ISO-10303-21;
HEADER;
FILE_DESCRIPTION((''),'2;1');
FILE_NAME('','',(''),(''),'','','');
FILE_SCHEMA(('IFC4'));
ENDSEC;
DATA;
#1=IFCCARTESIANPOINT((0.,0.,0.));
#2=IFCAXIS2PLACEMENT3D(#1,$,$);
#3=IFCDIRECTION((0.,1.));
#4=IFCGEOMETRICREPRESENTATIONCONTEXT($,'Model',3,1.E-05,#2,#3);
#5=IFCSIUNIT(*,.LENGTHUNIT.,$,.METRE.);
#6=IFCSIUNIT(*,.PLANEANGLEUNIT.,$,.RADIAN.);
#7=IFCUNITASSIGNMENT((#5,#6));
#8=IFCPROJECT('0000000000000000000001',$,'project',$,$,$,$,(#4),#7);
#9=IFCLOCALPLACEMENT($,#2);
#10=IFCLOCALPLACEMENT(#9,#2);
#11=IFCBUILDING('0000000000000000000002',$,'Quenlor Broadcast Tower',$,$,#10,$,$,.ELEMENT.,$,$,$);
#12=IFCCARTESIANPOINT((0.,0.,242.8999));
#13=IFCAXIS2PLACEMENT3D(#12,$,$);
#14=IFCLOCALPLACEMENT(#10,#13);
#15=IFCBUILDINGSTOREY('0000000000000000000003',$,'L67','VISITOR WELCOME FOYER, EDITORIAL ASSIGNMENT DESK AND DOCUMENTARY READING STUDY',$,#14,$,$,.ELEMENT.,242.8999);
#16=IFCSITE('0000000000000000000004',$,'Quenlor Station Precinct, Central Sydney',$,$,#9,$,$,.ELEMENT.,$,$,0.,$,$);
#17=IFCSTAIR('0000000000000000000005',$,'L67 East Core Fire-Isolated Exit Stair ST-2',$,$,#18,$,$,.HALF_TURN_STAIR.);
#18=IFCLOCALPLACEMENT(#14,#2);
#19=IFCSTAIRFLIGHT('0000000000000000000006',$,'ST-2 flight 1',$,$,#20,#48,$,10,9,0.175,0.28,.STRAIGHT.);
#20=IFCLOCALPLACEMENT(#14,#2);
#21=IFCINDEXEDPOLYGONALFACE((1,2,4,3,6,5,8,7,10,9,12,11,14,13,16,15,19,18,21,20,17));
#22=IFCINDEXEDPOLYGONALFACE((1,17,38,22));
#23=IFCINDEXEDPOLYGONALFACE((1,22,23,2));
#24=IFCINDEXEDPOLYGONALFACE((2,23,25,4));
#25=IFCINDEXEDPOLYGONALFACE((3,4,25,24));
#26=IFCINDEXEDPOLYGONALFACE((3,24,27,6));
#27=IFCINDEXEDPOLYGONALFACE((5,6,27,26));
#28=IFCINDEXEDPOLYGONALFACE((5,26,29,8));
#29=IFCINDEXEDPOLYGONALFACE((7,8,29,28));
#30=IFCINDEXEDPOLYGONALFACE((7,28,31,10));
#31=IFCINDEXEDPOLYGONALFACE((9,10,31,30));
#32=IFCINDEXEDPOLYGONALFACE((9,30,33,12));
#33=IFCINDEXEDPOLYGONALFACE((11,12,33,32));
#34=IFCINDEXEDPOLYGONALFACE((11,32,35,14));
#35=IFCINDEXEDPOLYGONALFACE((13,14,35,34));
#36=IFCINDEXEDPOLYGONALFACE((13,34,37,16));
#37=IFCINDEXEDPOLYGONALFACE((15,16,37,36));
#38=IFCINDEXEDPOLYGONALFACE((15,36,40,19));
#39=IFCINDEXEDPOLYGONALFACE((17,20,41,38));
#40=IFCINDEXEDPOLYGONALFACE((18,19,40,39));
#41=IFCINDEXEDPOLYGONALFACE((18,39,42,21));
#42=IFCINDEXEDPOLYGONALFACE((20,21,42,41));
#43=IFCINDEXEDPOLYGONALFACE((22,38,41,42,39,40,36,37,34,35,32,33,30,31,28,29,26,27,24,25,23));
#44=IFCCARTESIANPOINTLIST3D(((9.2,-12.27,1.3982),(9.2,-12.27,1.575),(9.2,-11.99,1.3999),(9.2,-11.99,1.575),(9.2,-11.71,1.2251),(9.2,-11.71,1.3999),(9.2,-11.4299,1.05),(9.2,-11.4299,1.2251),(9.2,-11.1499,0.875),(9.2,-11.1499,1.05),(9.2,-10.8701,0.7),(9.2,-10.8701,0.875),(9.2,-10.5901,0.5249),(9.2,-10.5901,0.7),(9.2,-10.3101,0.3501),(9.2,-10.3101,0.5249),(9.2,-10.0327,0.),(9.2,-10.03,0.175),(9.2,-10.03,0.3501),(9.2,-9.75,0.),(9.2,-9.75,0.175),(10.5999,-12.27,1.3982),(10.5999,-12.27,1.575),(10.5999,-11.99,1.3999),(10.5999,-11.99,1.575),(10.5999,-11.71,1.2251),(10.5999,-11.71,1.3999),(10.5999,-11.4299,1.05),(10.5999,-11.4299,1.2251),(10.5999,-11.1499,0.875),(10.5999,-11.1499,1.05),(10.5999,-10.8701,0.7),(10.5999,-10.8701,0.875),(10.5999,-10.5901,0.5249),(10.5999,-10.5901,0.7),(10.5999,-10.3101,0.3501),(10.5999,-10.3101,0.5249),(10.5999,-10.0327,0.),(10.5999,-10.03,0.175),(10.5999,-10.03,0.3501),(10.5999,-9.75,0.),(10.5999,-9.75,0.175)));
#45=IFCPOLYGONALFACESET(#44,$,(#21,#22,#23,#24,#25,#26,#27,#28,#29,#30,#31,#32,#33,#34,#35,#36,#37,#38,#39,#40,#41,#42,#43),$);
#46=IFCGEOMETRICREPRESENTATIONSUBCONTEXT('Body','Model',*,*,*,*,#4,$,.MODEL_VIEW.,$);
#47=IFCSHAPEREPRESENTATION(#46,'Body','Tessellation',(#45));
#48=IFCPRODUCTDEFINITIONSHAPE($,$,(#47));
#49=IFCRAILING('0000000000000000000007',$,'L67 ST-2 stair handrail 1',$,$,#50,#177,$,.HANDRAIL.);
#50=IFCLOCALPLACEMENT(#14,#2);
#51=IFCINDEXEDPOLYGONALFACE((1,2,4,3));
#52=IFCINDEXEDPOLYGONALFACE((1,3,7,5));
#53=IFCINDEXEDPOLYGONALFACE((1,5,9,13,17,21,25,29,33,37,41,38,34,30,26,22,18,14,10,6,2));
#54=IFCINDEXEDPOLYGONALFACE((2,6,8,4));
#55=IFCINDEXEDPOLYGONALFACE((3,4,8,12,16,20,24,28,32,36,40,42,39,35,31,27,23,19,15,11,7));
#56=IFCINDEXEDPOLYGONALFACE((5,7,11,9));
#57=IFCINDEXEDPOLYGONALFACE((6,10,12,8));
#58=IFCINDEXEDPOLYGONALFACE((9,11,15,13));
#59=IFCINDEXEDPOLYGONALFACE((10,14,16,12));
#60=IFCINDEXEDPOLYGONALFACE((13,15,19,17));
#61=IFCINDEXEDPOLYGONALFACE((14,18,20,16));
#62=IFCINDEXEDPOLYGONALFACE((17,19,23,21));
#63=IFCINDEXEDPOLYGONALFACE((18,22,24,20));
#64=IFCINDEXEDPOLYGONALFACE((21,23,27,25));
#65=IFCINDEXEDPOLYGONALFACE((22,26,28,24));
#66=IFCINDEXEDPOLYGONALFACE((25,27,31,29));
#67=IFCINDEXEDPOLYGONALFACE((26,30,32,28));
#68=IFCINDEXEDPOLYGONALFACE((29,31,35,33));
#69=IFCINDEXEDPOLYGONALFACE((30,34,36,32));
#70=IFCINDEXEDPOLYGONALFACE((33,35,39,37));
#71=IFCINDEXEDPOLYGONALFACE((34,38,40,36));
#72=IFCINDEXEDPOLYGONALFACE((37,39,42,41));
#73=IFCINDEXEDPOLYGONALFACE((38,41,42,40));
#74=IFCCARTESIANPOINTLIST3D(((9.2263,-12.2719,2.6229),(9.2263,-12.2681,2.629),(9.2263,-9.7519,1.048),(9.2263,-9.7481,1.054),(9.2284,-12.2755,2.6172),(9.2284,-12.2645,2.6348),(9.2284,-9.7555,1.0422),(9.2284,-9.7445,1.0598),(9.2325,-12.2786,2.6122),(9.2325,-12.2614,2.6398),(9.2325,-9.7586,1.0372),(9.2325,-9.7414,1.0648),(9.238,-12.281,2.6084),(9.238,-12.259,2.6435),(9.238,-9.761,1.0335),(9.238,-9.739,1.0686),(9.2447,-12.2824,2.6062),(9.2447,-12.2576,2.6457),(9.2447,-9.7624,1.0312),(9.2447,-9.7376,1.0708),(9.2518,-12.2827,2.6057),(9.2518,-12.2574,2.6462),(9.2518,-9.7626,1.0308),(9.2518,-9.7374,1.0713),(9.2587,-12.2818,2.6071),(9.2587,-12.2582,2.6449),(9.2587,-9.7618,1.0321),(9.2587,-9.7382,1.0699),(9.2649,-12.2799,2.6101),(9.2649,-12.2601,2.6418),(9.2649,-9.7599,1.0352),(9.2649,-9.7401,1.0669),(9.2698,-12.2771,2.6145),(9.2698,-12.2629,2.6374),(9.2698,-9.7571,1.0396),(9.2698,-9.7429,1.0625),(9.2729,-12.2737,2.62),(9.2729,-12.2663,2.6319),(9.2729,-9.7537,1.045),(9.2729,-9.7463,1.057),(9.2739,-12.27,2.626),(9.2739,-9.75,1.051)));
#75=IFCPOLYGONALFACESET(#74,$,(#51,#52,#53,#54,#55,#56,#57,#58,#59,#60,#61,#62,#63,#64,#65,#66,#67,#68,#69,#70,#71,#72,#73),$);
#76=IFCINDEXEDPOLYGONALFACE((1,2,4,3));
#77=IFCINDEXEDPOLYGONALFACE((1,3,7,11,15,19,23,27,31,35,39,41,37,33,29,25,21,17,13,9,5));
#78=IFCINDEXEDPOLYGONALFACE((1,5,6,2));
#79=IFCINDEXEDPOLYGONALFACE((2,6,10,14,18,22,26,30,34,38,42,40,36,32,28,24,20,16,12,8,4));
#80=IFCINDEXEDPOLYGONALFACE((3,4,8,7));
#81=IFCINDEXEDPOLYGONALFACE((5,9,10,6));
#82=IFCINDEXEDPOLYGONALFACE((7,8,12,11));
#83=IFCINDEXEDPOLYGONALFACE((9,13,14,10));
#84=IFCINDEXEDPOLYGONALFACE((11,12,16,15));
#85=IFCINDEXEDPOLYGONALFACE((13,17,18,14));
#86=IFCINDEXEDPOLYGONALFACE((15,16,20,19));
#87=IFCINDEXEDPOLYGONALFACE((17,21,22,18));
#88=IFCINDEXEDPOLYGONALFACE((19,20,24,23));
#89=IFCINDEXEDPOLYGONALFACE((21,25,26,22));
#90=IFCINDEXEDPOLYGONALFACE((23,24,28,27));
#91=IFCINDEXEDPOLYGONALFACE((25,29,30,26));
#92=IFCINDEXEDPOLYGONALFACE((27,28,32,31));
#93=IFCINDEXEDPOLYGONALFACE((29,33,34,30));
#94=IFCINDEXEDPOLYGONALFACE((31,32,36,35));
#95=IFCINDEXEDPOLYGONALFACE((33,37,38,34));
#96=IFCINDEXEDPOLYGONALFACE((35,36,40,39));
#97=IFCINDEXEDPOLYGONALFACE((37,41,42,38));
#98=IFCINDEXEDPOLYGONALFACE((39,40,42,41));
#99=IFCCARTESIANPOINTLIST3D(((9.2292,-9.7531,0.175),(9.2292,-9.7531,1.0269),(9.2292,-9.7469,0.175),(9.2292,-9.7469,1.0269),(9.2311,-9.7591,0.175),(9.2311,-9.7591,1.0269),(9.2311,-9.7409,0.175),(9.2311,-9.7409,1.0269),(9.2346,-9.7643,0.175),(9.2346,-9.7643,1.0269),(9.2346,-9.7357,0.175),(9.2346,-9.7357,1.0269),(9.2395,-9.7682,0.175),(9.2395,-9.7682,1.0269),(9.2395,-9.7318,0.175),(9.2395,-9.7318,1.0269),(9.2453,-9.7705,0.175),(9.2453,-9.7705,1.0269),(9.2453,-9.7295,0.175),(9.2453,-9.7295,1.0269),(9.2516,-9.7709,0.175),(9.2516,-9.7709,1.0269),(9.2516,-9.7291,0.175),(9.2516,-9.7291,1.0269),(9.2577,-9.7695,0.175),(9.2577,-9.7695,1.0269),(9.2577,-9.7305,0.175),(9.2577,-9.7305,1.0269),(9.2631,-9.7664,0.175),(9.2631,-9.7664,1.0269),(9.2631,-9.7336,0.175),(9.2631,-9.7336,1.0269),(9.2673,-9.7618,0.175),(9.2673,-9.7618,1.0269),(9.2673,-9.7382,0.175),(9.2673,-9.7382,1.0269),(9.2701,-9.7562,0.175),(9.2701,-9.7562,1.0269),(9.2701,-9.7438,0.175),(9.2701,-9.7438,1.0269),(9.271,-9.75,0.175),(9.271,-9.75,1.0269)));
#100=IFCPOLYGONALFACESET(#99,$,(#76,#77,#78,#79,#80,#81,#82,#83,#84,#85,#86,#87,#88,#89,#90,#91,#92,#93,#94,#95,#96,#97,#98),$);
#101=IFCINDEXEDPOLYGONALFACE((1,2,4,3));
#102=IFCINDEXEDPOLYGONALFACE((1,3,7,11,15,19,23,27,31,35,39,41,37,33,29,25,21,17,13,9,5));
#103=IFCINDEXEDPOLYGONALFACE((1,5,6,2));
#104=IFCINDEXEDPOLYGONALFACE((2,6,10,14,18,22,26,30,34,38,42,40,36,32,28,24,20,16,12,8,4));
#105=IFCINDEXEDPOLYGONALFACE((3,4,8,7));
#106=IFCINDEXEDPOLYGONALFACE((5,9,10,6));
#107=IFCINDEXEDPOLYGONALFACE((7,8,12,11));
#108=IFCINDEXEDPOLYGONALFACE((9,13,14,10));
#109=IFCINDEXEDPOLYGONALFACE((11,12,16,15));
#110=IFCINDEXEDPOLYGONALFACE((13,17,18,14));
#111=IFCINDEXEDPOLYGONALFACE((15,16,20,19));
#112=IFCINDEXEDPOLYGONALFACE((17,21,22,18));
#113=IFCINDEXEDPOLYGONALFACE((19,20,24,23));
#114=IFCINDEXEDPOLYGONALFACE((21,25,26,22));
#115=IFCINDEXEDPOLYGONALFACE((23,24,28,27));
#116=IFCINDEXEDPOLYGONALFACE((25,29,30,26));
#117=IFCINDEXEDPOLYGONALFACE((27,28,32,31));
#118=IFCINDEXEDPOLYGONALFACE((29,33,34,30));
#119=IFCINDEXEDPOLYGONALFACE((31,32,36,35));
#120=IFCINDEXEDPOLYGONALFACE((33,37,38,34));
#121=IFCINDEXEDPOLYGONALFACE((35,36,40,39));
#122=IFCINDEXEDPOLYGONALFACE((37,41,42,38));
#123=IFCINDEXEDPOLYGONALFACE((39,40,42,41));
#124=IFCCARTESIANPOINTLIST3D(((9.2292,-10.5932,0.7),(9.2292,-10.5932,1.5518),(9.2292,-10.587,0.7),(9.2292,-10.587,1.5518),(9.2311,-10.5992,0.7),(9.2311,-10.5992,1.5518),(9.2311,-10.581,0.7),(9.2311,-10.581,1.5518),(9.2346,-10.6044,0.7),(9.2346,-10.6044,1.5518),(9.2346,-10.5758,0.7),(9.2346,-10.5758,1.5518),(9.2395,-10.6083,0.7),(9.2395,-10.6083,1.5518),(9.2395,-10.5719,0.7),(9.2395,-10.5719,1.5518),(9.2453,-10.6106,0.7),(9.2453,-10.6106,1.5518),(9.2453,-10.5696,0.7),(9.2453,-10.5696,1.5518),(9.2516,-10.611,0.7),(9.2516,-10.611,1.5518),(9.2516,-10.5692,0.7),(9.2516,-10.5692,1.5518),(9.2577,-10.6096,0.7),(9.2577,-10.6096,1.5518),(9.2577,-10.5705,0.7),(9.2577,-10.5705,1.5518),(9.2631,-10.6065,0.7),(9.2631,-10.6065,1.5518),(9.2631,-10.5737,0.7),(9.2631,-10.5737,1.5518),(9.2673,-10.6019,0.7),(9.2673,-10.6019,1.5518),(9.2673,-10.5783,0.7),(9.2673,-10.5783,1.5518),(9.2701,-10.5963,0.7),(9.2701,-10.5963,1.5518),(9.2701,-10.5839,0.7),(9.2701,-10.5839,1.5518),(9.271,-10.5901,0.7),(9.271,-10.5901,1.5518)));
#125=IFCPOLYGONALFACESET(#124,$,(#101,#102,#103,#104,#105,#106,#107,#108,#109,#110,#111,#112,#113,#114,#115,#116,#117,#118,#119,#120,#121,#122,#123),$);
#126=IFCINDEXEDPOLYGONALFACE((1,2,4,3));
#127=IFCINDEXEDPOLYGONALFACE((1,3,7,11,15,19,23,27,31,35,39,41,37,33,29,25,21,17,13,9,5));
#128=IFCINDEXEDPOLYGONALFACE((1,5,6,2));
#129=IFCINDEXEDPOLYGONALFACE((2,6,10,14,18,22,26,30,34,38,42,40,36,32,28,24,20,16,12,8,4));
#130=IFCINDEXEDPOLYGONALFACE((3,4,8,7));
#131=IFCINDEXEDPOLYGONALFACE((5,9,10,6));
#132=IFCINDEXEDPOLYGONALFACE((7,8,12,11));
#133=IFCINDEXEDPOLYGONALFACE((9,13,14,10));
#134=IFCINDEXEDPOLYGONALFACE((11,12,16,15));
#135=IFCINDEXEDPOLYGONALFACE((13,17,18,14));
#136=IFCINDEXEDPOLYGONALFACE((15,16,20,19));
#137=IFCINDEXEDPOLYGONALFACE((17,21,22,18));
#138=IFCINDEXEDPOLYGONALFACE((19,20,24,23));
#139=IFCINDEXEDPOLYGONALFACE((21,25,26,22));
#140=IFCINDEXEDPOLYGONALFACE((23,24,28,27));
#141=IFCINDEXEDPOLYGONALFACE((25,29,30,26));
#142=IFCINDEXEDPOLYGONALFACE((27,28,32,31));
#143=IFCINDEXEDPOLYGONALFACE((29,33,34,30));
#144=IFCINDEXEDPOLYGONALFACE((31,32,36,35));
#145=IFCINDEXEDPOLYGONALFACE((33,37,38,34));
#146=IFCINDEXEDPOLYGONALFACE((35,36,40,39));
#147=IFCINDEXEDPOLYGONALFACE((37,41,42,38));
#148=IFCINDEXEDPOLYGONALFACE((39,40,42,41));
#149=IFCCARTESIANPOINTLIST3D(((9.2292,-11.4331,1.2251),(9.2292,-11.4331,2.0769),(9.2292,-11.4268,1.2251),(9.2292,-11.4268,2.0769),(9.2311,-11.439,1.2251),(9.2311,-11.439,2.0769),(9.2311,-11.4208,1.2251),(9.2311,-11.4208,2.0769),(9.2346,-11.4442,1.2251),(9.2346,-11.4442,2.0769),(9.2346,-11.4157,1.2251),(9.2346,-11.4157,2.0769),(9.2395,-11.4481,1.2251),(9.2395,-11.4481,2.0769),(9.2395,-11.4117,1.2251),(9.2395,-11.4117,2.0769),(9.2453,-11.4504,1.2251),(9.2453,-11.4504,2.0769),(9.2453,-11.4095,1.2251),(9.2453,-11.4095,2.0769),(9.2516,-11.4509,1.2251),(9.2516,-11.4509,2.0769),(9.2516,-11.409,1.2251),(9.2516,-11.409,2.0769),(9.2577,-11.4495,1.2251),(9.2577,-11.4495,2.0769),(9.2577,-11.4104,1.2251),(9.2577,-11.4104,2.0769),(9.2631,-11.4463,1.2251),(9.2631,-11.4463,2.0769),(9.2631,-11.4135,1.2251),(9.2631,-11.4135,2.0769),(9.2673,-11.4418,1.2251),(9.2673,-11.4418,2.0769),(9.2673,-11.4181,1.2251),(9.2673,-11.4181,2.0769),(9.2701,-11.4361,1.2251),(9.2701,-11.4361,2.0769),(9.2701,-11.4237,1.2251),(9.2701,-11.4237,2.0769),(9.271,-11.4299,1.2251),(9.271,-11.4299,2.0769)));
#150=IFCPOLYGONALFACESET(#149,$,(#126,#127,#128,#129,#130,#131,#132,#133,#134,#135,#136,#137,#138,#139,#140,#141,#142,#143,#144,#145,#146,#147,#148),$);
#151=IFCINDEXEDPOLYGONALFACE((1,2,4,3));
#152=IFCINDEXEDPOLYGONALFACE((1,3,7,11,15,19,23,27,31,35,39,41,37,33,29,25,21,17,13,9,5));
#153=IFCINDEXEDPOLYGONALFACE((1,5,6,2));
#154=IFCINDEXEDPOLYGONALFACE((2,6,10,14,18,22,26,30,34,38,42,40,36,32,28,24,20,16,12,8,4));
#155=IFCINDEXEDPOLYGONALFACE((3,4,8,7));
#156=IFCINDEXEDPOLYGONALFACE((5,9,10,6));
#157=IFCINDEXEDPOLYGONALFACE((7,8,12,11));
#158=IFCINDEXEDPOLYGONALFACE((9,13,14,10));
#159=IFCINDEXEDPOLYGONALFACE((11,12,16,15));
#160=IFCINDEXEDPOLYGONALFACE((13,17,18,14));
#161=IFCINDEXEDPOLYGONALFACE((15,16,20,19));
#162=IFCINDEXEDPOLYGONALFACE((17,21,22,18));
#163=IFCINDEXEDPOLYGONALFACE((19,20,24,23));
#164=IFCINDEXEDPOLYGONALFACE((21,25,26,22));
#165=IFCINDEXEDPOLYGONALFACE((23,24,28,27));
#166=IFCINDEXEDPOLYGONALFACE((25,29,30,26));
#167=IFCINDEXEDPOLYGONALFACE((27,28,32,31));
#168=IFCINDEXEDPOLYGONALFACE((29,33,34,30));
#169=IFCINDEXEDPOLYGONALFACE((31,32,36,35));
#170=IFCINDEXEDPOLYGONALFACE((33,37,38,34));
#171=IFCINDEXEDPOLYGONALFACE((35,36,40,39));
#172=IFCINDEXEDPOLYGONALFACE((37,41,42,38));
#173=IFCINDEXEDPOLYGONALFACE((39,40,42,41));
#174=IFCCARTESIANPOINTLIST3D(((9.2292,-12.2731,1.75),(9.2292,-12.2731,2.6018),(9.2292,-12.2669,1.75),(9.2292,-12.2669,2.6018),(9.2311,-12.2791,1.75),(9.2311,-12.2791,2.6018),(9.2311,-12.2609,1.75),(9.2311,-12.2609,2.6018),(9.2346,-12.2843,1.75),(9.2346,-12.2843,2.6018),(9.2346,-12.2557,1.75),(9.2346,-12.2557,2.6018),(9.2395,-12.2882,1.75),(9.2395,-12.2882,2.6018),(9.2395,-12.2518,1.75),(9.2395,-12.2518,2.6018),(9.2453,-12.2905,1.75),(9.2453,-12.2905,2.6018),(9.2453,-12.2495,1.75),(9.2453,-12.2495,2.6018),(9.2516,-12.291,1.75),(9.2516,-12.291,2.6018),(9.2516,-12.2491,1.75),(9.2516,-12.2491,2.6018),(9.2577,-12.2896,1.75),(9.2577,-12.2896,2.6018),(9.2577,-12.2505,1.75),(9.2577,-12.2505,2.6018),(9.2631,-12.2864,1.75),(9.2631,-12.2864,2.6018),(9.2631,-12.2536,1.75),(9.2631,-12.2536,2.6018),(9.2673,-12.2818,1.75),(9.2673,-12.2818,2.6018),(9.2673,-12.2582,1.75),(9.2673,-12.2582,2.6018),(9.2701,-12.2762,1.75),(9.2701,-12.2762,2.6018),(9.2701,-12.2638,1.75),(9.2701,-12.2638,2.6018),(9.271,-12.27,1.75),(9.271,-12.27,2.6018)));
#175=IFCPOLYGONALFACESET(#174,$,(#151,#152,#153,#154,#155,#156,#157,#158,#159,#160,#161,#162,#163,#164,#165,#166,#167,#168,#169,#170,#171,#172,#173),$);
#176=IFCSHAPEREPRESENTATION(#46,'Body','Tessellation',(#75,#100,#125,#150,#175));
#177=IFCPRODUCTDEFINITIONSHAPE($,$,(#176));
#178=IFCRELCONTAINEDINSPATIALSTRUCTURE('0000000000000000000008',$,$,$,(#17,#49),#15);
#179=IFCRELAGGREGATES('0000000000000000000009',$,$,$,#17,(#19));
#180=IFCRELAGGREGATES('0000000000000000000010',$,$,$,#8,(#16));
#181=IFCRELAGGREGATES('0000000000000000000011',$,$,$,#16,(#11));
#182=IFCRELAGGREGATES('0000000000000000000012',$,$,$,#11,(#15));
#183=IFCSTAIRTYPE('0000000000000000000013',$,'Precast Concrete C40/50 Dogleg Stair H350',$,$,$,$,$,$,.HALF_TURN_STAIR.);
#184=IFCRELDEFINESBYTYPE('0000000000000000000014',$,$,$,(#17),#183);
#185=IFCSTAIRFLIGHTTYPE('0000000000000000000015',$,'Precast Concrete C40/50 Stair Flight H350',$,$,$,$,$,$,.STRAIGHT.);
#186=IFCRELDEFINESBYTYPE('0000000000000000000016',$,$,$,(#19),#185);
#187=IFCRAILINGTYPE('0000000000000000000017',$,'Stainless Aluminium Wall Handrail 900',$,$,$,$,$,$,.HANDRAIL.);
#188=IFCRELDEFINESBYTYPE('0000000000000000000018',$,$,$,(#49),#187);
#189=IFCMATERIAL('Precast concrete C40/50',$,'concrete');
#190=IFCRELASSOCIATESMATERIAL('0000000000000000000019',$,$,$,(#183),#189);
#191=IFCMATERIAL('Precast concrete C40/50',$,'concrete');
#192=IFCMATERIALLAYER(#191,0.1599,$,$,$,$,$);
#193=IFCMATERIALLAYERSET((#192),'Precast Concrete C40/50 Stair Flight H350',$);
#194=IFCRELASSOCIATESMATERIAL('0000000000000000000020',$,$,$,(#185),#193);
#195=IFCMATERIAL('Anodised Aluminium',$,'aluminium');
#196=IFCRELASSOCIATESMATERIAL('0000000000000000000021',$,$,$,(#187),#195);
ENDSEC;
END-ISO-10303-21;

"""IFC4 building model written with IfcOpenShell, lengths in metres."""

from ifc_helpers import new_model, si_unit, direction, frame, origin, origin_2d, place, context, subcontext, project, spatial, polyline, circle, outline, extrude, material, layer, layer_set, type_object, element, aggregate, save


model = new_model("IFC4")

# Units and contexts
model_context = context("Model", 3, precision=1e-05, world=origin(), true_north=direction((0.0, 1.0)))
body_context = subcontext(model_context, "Body", "Model", "MODEL_VIEW")
ifc_project = project(units=[si_unit("LENGTHUNIT", "METRE"), si_unit("PLANEANGLEUNIT", "RADIAN")], contexts=[model_context])

# Site, building, storey
site_placement = place(None, origin())
site = spatial("IfcSite", under=ifc_project, at=site_placement, Name="Quenlor Station Precinct, Central Sydney", CompositionType="ELEMENT", RefElevation=0.0)
building_placement = place(site_placement, origin())
building = spatial("IfcBuilding", under=site, at=building_placement, Name="Quenlor Broadcast Tower", CompositionType="ELEMENT")
storey_placement = place(building_placement, frame((0.0, 0.0, 242.8999)))
storey = spatial("IfcBuildingStorey", under=building, at=storey_placement, Name="L67", Description="VISITOR WELCOME FOYER, EDITORIAL ASSIGNMENT DESK AND DOCUMENTARY READING STUDY", CompositionType="ELEMENT", Elevation=242.8999)

# Stair, stair flight
ifc_material_1 = material(Name="Precast concrete C40/50", Category="concrete")
stair_type = type_object("IfcStairType", Name="Precast Concrete C40/50 Dogleg Stair H350", PredefinedType="HALF_TURN_STAIR", material=ifc_material_1)
stair_placement = place(storey_placement, origin())
stair = element("IfcStair", 1, at=stair_placement, inside=storey, type_object=stair_type, Name="L67 East Core Fire-Isolated Exit Stair ST-2", PredefinedType="HALF_TURN_STAIR")
ifc_material_2 = material(Name="Precast concrete C40/50", Category="concrete")
ifc_layer_1 = layer(ifc_material_2, 0.1599)
ifc_layer_set_1 = layer_set([ifc_layer_1], Name="Precast Concrete C40/50 Stair Flight H350")
stair_flight_type = type_object("IfcStairFlightType", Name="Precast Concrete C40/50 Stair Flight H350", PredefinedType="STRAIGHT", material=ifc_layer_set_1)
stair_flight_placement = place(storey_placement, frame((9.8999, -9.75, 0.0), z_axis=(0.0, 0.0, 1.0), x_axis=(0.0, -1.0, 0.0)))
stair_flight = element("IfcStairFlight", 2, at=stair_flight_placement, type_object=stair_flight_type, Name="ST-2 flight 1", NumberOfRisers=10, NumberOfTreads=9, PredefinedType="STRAIGHT", RiserHeight=0.175, TreadLength=0.28, context=body_context, shape_type="SweptSolid", body=[
    extrude(outline(polyline([(0.0, 0.0), (0.0, 0.175), (0.28, 0.175), (0.28, 0.3501), (0.5601, 0.3501), (0.5601, 0.5249), (0.8401, 0.5249), (0.8401, 0.7), (1.1201, 0.7), (1.1201, 0.875), (1.3999, 0.875), (1.3999, 1.05), (1.6799, 1.05), (1.6799, 1.2251), (1.96, 1.2251), (1.96, 1.3999), (2.24, 1.3999), (2.24, 1.575), (2.52, 1.575), (2.52, 1.75), (2.52, 1.3982), (0.2827, 0.0), (0.0, 0.0)])), frame((0.0, 0.7, 0.0), z_axis=(0.0, -1.0, 0.0), x_axis=(1.0, 0.0, 0.0)), (0.0, 0.0, 1.0), 1.3999),
])
aggregate(stair, [stair_flight])

# Railing
ifc_material_3 = material(Name="Anodised Aluminium", Category="aluminium")
railing_type_1 = type_object("IfcRailingType", Name="Stainless Aluminium Wall Handrail 900", PredefinedType="HANDRAIL", material=ifc_material_3)
railing_1_placement = place(storey_placement, frame((9.25, -9.75, 0.175)))
element("IfcRailing", 3, at=railing_1_placement, inside=storey, type_object=railing_type_1, Name="L67 ST-2 stair handrail 1", PredefinedType="HANDRAIL", context=body_context, shape_type="SweptSolid", body=[
    extrude(circle(Radius=0.0239, at=origin_2d()), frame((0.0, 0.0, 0.876), z_axis=(0.0, -0.848008, 0.529984), x_axis=(1.0, 0.0, 0.0)), (0.0, 0.0, 1.0), 2.9717),
    extrude(circle(Radius=0.021, at=origin_2d()), origin(), (0.0, 0.0, 1.0), 0.8518),
    extrude(circle(Radius=0.021, at=origin_2d()), frame((0.0, -0.8401, 0.5249)), (0.0, 0.0, 1.0), 0.8518),
    extrude(circle(Radius=0.021, at=origin_2d()), frame((0.0, -1.6799, 1.05)), (0.0, 0.0, 1.0), 0.8518),
    extrude(circle(Radius=0.021, at=origin_2d()), frame((0.0, -2.52, 1.575)), (0.0, 0.0, 1.0), 0.8518),
])

save(model, "model.ifc")
